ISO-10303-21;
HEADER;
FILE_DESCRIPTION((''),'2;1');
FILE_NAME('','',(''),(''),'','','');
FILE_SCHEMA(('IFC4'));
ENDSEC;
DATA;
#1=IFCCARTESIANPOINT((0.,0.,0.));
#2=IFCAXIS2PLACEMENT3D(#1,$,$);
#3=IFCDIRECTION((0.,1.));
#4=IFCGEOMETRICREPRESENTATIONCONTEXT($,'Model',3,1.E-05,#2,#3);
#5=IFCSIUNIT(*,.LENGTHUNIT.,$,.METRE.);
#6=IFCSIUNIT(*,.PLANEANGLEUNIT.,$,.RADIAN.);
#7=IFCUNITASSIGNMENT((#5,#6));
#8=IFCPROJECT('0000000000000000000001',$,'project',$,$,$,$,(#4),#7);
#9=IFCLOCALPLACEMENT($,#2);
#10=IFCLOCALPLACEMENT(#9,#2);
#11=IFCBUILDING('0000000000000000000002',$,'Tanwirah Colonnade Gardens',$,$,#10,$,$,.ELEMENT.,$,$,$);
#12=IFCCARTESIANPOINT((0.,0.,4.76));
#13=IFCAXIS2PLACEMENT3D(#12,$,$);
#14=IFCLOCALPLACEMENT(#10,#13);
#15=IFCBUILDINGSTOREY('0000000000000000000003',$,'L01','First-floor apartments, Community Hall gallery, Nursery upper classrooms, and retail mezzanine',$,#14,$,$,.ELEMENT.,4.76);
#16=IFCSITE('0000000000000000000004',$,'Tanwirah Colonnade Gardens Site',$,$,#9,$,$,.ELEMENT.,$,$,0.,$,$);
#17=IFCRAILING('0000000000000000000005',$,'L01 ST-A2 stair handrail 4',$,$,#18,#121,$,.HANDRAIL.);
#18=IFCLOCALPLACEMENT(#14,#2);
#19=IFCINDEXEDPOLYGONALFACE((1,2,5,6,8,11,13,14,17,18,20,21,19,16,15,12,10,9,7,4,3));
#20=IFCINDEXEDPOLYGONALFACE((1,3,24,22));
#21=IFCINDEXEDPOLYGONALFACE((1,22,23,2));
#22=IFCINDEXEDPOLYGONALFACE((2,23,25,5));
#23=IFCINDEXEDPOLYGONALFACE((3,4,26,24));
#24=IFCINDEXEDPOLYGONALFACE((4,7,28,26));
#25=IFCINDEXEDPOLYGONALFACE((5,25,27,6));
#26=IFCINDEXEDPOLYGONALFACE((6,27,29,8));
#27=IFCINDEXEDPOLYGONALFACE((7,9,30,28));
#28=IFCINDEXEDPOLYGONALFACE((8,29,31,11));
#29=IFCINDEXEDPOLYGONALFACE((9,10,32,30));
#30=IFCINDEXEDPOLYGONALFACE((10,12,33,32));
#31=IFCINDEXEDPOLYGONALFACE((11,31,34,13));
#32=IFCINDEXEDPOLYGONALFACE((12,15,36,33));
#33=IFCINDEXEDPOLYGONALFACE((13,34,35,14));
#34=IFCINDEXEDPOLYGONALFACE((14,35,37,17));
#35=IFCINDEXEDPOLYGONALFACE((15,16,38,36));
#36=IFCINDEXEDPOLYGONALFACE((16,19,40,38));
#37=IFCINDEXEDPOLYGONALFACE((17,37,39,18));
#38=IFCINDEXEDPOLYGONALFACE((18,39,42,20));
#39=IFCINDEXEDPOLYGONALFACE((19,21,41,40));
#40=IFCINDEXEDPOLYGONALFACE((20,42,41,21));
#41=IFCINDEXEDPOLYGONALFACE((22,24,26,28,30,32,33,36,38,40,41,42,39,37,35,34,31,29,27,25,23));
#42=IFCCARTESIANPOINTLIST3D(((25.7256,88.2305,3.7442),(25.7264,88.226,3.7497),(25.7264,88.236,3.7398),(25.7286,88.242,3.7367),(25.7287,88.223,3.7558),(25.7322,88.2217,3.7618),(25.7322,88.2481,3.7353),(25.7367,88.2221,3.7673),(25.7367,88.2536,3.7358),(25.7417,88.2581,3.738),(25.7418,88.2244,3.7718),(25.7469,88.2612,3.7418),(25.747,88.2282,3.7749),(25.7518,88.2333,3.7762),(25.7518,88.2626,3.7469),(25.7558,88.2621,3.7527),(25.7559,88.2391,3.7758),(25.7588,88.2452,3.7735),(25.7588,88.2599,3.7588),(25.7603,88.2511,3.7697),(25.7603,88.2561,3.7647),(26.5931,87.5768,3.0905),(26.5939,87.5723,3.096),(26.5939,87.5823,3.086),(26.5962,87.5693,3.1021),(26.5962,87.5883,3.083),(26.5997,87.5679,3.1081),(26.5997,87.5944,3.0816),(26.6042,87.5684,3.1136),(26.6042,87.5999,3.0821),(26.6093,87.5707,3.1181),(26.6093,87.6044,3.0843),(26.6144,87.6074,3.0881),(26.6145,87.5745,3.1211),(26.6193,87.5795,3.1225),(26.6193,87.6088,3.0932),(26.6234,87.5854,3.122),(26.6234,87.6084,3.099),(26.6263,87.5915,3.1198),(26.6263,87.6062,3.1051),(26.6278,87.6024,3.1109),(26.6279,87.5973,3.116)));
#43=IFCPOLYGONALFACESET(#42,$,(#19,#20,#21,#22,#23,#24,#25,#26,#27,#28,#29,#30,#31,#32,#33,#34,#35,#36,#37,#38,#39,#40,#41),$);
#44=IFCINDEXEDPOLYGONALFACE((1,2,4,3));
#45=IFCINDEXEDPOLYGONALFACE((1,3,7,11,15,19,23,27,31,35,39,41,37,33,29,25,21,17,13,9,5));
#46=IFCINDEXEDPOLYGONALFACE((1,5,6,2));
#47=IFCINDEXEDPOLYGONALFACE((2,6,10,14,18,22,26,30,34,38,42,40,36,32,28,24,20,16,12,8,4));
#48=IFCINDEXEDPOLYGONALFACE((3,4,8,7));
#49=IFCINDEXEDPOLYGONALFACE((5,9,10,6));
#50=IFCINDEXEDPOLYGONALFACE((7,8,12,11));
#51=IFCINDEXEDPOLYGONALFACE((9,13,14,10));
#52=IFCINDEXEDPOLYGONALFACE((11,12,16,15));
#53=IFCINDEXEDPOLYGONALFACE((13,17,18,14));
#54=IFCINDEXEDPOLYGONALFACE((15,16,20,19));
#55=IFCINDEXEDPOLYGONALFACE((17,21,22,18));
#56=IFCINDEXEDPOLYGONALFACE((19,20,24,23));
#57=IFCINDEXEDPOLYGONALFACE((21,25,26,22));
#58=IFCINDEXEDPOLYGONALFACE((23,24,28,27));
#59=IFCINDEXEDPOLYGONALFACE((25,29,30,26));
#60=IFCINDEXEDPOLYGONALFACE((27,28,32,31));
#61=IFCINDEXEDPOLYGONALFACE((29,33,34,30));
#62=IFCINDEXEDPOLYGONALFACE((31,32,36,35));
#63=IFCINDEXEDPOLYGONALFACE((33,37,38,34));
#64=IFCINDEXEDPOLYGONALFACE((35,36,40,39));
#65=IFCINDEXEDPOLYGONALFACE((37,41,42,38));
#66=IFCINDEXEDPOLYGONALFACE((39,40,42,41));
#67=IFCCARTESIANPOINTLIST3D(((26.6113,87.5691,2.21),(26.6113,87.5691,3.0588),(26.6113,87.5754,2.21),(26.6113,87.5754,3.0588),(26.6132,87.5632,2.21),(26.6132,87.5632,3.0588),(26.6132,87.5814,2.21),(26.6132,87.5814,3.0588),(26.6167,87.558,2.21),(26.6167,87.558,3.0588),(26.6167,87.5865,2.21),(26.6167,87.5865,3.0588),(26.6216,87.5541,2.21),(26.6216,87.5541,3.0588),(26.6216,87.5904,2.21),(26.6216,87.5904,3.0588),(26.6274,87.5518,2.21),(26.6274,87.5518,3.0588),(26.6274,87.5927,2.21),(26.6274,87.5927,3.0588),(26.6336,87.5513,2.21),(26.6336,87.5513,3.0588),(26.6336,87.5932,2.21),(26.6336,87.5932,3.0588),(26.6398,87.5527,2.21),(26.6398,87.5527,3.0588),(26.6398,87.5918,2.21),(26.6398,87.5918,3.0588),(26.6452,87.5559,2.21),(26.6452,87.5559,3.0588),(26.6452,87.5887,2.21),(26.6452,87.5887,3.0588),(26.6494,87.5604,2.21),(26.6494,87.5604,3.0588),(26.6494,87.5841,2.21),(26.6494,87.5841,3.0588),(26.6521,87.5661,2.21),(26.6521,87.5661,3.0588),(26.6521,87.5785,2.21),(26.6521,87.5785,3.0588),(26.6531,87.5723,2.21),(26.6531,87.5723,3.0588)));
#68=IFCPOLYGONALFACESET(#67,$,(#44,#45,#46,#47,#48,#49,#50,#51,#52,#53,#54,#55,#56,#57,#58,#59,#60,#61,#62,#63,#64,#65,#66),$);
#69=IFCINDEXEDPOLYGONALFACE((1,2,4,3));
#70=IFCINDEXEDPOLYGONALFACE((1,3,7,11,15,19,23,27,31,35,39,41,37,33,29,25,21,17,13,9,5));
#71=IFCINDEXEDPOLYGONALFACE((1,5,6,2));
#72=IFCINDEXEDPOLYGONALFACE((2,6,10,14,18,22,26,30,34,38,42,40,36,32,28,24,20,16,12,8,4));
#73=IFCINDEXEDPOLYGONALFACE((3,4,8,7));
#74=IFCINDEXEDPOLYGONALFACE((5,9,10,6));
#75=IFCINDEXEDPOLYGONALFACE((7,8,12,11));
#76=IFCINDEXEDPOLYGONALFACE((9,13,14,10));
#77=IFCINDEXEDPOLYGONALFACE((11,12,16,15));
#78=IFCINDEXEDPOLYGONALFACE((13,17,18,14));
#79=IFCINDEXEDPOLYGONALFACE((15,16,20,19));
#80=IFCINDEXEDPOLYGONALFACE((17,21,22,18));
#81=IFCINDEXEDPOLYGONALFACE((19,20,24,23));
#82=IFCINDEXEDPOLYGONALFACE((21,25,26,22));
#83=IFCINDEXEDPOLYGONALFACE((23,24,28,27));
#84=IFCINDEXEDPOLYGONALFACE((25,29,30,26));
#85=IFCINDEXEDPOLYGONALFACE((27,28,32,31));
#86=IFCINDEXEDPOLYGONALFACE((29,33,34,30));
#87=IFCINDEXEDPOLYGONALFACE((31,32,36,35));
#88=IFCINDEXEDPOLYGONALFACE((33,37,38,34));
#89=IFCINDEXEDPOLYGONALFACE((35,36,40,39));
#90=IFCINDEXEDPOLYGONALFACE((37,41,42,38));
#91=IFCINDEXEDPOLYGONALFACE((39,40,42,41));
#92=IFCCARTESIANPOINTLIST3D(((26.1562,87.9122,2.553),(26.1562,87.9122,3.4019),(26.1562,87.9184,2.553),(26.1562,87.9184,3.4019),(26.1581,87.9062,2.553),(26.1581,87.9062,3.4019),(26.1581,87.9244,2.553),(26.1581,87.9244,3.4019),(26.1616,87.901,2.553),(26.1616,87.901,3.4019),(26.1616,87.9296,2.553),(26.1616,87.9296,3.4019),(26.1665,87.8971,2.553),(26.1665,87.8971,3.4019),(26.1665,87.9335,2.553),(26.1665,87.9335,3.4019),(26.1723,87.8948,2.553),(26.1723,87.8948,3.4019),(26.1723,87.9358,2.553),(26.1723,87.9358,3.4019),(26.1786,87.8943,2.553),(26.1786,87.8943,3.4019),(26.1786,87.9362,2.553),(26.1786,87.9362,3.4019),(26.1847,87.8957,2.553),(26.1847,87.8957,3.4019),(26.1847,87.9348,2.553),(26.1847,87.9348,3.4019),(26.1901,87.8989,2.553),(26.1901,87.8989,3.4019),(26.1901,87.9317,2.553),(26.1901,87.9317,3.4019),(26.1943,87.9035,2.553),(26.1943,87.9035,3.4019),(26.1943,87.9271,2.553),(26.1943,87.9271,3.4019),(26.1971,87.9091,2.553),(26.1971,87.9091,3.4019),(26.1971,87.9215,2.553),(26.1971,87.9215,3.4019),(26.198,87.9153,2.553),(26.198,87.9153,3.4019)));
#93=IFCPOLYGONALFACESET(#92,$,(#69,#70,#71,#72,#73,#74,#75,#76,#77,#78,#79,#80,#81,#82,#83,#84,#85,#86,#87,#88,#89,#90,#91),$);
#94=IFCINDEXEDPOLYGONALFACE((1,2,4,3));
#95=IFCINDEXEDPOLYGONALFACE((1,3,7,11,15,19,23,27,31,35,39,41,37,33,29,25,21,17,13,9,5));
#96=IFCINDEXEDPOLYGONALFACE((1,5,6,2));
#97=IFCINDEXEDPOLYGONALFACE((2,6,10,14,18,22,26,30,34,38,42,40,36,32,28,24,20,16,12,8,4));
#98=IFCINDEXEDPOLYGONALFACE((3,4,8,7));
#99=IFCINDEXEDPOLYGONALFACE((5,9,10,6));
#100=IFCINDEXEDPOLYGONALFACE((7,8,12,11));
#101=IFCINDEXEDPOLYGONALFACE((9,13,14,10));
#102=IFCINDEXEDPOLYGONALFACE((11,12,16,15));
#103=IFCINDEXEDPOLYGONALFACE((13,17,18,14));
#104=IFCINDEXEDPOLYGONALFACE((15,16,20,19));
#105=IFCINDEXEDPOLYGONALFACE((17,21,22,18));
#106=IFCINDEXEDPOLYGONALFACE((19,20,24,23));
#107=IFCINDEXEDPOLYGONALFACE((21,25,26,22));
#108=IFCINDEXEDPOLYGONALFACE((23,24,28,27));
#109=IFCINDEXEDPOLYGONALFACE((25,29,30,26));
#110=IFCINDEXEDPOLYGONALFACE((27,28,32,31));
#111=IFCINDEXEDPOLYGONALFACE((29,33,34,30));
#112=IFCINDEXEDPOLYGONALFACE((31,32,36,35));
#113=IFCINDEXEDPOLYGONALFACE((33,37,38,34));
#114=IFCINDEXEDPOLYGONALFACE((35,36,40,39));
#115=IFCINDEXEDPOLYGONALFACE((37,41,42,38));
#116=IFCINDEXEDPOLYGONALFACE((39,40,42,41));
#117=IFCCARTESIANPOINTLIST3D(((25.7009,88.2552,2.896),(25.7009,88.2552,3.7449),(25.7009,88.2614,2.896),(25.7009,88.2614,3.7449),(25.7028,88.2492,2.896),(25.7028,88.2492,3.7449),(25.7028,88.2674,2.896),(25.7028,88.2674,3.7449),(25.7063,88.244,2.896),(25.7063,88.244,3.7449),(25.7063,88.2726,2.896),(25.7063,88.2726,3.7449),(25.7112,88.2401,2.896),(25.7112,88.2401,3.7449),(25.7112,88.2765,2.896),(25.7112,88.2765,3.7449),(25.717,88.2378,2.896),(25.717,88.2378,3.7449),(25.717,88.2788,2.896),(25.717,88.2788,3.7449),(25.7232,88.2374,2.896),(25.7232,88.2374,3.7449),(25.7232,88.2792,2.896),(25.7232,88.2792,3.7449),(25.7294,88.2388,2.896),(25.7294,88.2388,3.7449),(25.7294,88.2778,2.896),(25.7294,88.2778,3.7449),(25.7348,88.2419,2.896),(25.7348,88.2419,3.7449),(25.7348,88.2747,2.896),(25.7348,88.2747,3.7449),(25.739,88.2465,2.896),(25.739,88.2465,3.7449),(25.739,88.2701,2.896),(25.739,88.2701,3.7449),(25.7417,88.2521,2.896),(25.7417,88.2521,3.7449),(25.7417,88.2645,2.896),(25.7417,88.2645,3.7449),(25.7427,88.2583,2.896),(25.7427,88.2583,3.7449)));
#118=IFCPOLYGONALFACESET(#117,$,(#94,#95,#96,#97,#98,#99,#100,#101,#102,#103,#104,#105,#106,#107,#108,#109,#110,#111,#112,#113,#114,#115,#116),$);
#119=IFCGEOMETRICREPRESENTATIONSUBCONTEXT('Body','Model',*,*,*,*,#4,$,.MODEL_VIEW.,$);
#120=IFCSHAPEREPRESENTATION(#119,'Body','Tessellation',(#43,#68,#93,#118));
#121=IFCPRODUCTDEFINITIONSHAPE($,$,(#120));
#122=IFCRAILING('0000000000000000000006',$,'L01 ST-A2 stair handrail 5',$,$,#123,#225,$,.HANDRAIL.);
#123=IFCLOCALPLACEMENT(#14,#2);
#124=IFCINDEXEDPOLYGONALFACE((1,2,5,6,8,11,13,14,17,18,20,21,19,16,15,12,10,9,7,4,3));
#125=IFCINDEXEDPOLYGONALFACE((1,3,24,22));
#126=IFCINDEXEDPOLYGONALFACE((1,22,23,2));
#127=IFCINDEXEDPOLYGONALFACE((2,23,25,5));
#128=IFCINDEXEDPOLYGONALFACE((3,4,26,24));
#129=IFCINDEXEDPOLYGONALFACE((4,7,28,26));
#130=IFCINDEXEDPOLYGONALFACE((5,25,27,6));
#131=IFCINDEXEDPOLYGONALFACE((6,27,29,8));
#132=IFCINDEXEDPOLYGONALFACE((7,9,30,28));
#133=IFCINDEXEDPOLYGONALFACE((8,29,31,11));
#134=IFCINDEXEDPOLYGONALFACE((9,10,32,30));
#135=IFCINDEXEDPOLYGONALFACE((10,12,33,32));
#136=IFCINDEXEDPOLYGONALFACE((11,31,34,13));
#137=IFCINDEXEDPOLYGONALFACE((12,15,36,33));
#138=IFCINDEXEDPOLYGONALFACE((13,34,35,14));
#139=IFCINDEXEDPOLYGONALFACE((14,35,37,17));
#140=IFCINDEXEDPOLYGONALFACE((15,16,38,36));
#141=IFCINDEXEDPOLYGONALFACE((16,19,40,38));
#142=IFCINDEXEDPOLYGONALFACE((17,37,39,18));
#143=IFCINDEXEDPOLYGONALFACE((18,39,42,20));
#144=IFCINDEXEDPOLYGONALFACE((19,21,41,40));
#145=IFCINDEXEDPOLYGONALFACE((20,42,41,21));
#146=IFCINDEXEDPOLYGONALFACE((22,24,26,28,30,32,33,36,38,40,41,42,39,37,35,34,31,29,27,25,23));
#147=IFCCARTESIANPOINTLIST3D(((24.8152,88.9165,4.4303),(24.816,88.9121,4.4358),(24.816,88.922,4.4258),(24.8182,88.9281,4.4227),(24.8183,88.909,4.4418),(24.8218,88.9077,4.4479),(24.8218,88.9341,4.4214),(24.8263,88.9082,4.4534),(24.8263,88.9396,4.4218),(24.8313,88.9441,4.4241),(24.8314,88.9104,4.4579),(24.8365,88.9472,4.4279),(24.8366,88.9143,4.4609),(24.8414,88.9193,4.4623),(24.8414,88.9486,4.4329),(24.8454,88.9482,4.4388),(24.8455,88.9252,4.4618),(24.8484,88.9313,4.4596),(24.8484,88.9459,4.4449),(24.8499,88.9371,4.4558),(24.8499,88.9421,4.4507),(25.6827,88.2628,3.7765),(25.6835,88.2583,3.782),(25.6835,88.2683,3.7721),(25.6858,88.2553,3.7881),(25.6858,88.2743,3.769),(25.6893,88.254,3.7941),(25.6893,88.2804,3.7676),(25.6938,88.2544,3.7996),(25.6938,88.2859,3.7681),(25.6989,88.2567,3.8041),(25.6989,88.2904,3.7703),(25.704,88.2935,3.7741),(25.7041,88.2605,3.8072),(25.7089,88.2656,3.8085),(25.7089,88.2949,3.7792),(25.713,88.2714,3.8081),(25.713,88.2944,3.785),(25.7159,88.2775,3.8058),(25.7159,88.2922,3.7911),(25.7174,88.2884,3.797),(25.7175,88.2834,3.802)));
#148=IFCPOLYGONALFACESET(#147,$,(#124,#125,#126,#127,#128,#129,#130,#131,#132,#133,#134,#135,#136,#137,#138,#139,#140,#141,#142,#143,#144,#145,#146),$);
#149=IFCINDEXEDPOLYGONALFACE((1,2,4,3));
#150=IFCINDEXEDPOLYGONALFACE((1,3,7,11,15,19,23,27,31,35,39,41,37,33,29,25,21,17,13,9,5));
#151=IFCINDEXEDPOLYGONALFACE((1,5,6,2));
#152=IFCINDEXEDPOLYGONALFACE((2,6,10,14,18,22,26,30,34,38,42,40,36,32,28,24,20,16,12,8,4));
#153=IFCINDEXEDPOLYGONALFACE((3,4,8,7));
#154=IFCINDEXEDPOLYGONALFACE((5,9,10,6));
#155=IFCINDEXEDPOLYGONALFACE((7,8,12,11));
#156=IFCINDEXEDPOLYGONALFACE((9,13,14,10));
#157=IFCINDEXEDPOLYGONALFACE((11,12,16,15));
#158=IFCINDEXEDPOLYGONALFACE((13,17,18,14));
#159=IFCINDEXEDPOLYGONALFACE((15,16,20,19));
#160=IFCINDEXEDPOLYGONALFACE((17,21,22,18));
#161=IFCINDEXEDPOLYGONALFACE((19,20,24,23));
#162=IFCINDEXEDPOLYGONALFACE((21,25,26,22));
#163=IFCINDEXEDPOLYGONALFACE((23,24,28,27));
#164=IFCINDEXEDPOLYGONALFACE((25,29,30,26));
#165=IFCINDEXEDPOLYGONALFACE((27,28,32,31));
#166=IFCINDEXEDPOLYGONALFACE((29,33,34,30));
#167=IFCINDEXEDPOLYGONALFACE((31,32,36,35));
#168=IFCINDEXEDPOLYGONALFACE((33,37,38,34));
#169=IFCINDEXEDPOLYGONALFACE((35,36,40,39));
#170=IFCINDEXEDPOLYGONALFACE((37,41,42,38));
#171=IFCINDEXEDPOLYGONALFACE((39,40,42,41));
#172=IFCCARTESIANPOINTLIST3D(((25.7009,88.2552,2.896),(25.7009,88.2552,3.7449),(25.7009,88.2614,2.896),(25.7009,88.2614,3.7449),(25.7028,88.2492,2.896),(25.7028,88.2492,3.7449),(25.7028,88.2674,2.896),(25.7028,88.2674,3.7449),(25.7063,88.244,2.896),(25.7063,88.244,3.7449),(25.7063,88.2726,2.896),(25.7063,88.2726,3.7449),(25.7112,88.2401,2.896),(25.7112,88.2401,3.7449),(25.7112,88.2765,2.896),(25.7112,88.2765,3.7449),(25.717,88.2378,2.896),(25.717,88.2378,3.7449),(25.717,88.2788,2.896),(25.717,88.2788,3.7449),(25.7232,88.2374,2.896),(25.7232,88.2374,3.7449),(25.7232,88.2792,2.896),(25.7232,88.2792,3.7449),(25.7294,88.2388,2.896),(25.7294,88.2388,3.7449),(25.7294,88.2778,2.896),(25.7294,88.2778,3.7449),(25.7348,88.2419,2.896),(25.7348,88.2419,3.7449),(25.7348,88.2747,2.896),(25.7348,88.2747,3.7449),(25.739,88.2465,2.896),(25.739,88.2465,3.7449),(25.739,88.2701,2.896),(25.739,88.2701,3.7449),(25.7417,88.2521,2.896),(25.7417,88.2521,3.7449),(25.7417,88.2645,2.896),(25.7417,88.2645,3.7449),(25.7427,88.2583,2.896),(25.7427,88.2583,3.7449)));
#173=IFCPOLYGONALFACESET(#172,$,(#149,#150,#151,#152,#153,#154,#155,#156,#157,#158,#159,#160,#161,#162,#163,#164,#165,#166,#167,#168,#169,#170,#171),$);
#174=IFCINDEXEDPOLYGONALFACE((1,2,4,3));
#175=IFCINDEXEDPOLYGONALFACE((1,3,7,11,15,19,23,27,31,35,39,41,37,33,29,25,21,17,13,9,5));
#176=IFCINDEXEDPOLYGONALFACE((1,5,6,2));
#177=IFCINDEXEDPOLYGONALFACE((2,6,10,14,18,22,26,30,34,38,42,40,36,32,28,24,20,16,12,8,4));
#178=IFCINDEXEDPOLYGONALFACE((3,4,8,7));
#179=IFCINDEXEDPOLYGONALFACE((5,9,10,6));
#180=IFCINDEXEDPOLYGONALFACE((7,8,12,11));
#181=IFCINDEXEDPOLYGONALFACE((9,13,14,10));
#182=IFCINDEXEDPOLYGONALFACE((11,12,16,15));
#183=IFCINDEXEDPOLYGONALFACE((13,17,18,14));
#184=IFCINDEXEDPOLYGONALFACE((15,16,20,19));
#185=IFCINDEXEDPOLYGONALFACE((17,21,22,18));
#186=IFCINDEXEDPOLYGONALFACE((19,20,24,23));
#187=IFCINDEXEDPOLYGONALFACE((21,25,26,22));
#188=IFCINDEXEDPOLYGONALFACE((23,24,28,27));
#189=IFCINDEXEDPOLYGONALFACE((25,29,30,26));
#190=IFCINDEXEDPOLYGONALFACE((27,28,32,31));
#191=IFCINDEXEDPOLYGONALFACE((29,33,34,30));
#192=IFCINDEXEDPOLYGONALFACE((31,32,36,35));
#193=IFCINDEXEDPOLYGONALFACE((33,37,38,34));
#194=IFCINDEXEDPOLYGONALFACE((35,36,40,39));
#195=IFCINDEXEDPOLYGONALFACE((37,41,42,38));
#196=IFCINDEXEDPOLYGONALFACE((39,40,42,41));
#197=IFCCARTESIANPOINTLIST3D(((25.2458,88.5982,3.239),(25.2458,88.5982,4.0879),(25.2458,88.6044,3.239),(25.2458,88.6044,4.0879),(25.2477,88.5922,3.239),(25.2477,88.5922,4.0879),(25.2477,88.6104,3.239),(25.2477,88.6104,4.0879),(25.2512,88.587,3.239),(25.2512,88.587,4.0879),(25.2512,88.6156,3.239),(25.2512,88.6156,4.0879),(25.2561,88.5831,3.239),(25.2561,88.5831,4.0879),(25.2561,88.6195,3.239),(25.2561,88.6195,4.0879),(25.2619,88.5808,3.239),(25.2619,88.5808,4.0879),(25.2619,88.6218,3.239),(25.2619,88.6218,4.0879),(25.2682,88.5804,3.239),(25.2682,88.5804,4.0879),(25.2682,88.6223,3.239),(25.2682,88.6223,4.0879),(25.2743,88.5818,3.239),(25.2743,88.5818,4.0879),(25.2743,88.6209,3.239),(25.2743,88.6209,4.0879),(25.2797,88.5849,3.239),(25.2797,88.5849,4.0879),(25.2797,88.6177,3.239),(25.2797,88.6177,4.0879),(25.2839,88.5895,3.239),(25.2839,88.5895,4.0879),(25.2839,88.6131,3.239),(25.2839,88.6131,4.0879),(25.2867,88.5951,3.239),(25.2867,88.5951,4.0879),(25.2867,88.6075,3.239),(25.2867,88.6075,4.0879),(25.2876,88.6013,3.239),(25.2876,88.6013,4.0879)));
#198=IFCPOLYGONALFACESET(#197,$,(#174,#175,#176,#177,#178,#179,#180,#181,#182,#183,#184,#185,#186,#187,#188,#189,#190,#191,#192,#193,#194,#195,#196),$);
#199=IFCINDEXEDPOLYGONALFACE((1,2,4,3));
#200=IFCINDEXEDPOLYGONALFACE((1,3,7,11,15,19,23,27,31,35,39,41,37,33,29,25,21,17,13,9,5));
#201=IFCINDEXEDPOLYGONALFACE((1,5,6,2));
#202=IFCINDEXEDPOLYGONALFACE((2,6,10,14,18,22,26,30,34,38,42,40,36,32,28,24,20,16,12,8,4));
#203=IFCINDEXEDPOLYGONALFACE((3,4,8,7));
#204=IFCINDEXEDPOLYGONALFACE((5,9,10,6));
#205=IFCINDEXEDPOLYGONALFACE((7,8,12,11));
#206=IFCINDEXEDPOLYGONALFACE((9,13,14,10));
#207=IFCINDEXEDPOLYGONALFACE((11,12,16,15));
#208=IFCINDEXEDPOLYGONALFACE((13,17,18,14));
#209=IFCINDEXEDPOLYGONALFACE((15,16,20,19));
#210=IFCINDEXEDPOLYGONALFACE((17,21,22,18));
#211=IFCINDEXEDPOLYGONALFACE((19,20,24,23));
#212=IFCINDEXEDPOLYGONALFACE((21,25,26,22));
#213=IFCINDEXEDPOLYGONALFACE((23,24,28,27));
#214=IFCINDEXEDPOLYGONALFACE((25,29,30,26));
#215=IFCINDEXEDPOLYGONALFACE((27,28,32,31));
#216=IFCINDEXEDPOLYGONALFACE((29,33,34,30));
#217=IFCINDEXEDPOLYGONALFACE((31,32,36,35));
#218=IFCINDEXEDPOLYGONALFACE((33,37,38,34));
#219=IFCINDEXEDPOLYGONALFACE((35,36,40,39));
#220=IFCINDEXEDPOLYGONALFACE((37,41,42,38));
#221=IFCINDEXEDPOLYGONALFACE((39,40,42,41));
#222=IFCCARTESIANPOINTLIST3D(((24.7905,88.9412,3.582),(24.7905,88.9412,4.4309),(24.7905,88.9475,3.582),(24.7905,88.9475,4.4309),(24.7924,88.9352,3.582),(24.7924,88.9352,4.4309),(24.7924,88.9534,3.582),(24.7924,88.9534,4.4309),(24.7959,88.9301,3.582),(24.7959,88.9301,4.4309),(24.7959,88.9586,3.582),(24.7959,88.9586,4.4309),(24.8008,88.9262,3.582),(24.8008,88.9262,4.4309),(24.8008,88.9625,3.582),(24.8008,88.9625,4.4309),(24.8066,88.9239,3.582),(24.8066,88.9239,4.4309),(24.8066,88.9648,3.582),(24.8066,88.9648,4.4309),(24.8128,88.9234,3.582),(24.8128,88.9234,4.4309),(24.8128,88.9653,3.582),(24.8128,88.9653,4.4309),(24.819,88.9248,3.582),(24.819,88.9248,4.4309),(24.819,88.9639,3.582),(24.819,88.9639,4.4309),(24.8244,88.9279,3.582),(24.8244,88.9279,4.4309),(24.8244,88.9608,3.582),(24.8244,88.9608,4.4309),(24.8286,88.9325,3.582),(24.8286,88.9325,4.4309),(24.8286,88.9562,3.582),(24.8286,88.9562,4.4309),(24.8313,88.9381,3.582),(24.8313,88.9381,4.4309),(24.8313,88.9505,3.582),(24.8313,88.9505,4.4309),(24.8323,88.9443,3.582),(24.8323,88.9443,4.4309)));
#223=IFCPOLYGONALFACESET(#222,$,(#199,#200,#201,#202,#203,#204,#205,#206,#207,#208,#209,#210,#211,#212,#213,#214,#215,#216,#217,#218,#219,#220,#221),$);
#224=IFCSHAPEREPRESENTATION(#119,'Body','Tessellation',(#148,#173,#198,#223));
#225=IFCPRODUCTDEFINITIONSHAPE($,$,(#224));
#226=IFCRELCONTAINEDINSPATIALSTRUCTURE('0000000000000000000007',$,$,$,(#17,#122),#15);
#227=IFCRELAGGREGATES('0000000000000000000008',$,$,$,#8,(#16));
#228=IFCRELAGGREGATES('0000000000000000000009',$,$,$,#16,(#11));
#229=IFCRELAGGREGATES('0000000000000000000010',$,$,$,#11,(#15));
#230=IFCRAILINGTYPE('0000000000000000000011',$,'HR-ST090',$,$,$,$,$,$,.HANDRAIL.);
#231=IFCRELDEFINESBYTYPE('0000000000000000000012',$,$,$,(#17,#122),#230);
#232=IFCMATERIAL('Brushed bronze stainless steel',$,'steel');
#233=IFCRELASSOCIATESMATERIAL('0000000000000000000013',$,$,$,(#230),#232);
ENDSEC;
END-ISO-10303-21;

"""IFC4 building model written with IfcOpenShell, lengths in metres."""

from ifc_helpers import new_model, si_unit, direction, frame, origin, origin_2d, place, context, subcontext, project, spatial, circle, extrude, material, type_object, element, save


model = new_model("IFC4")

# Units and contexts
model_context = context("Model", 3, precision=1e-05, world=origin(), true_north=direction((0.0, 1.0)))
body_context = subcontext(model_context, "Body", "Model", "MODEL_VIEW")
ifc_project = project(units=[si_unit("LENGTHUNIT", "METRE"), si_unit("PLANEANGLEUNIT", "RADIAN")], contexts=[model_context])

# Site, building, storey
site_placement = place(None, origin())
site = spatial("IfcSite", under=ifc_project, at=site_placement, Name="Tanwirah Colonnade Gardens Site", CompositionType="ELEMENT", RefElevation=0.0)
building_placement = place(site_placement, origin())
building = spatial("IfcBuilding", under=site, at=building_placement, Name="Tanwirah Colonnade Gardens", CompositionType="ELEMENT")
storey_placement = place(building_placement, frame((0.0, 0.0, 4.76)))
storey = spatial("IfcBuildingStorey", under=building, at=storey_placement, Name="L01", Description="First-floor apartments, Community Hall gallery, Nursery upper classrooms, and retail mezzanine", CompositionType="ELEMENT", Elevation=4.76)

# Railings
ifc_material_1 = material(Name="Brushed bronze stainless steel", Category="steel")
railing_type_1 = type_object("IfcRailingType", Name="HR-ST090", PredefinedType="HANDRAIL", material=ifc_material_1)
for number, where, name in (
    (1, (26.6321, 87.5723, 2.21), "L01 ST-A2 stair handrail 4"),
    (2, (25.7217, 88.2583, 2.896), "L01 ST-A2 stair handrail 5"),
):
    element("IfcRailing", number, at=place(storey_placement, frame(where)), inside=storey, type_object=railing_type_1, Name=name, PredefinedType="HANDRAIL", context=body_context, shape_type="SweptSolid", body=[
        extrude(circle(Radius=0.0239, at=origin_2d()), frame((-0.0215, 0.0161, 0.8921), z_axis=(-0.684276, 0.515639, 0.515639), x_axis=(-0.601815, -0.798636, 0.0)), (0.0, 0.0, 1.0), 1.2678),
        extrude(circle(Radius=0.021, at=origin_2d()), origin(), (0.0, 0.0, 1.0), 0.8489),
        extrude(circle(Radius=0.021, at=origin_2d()), frame((-0.4551, 0.343, 0.343)), (0.0, 0.0, 1.0), 0.8489),
        extrude(circle(Radius=0.021, at=origin_2d()), frame((-0.9104, 0.686, 0.686)), (0.0, 0.0, 1.0), 0.8489),
    ])

save(model, "model.ifc")
